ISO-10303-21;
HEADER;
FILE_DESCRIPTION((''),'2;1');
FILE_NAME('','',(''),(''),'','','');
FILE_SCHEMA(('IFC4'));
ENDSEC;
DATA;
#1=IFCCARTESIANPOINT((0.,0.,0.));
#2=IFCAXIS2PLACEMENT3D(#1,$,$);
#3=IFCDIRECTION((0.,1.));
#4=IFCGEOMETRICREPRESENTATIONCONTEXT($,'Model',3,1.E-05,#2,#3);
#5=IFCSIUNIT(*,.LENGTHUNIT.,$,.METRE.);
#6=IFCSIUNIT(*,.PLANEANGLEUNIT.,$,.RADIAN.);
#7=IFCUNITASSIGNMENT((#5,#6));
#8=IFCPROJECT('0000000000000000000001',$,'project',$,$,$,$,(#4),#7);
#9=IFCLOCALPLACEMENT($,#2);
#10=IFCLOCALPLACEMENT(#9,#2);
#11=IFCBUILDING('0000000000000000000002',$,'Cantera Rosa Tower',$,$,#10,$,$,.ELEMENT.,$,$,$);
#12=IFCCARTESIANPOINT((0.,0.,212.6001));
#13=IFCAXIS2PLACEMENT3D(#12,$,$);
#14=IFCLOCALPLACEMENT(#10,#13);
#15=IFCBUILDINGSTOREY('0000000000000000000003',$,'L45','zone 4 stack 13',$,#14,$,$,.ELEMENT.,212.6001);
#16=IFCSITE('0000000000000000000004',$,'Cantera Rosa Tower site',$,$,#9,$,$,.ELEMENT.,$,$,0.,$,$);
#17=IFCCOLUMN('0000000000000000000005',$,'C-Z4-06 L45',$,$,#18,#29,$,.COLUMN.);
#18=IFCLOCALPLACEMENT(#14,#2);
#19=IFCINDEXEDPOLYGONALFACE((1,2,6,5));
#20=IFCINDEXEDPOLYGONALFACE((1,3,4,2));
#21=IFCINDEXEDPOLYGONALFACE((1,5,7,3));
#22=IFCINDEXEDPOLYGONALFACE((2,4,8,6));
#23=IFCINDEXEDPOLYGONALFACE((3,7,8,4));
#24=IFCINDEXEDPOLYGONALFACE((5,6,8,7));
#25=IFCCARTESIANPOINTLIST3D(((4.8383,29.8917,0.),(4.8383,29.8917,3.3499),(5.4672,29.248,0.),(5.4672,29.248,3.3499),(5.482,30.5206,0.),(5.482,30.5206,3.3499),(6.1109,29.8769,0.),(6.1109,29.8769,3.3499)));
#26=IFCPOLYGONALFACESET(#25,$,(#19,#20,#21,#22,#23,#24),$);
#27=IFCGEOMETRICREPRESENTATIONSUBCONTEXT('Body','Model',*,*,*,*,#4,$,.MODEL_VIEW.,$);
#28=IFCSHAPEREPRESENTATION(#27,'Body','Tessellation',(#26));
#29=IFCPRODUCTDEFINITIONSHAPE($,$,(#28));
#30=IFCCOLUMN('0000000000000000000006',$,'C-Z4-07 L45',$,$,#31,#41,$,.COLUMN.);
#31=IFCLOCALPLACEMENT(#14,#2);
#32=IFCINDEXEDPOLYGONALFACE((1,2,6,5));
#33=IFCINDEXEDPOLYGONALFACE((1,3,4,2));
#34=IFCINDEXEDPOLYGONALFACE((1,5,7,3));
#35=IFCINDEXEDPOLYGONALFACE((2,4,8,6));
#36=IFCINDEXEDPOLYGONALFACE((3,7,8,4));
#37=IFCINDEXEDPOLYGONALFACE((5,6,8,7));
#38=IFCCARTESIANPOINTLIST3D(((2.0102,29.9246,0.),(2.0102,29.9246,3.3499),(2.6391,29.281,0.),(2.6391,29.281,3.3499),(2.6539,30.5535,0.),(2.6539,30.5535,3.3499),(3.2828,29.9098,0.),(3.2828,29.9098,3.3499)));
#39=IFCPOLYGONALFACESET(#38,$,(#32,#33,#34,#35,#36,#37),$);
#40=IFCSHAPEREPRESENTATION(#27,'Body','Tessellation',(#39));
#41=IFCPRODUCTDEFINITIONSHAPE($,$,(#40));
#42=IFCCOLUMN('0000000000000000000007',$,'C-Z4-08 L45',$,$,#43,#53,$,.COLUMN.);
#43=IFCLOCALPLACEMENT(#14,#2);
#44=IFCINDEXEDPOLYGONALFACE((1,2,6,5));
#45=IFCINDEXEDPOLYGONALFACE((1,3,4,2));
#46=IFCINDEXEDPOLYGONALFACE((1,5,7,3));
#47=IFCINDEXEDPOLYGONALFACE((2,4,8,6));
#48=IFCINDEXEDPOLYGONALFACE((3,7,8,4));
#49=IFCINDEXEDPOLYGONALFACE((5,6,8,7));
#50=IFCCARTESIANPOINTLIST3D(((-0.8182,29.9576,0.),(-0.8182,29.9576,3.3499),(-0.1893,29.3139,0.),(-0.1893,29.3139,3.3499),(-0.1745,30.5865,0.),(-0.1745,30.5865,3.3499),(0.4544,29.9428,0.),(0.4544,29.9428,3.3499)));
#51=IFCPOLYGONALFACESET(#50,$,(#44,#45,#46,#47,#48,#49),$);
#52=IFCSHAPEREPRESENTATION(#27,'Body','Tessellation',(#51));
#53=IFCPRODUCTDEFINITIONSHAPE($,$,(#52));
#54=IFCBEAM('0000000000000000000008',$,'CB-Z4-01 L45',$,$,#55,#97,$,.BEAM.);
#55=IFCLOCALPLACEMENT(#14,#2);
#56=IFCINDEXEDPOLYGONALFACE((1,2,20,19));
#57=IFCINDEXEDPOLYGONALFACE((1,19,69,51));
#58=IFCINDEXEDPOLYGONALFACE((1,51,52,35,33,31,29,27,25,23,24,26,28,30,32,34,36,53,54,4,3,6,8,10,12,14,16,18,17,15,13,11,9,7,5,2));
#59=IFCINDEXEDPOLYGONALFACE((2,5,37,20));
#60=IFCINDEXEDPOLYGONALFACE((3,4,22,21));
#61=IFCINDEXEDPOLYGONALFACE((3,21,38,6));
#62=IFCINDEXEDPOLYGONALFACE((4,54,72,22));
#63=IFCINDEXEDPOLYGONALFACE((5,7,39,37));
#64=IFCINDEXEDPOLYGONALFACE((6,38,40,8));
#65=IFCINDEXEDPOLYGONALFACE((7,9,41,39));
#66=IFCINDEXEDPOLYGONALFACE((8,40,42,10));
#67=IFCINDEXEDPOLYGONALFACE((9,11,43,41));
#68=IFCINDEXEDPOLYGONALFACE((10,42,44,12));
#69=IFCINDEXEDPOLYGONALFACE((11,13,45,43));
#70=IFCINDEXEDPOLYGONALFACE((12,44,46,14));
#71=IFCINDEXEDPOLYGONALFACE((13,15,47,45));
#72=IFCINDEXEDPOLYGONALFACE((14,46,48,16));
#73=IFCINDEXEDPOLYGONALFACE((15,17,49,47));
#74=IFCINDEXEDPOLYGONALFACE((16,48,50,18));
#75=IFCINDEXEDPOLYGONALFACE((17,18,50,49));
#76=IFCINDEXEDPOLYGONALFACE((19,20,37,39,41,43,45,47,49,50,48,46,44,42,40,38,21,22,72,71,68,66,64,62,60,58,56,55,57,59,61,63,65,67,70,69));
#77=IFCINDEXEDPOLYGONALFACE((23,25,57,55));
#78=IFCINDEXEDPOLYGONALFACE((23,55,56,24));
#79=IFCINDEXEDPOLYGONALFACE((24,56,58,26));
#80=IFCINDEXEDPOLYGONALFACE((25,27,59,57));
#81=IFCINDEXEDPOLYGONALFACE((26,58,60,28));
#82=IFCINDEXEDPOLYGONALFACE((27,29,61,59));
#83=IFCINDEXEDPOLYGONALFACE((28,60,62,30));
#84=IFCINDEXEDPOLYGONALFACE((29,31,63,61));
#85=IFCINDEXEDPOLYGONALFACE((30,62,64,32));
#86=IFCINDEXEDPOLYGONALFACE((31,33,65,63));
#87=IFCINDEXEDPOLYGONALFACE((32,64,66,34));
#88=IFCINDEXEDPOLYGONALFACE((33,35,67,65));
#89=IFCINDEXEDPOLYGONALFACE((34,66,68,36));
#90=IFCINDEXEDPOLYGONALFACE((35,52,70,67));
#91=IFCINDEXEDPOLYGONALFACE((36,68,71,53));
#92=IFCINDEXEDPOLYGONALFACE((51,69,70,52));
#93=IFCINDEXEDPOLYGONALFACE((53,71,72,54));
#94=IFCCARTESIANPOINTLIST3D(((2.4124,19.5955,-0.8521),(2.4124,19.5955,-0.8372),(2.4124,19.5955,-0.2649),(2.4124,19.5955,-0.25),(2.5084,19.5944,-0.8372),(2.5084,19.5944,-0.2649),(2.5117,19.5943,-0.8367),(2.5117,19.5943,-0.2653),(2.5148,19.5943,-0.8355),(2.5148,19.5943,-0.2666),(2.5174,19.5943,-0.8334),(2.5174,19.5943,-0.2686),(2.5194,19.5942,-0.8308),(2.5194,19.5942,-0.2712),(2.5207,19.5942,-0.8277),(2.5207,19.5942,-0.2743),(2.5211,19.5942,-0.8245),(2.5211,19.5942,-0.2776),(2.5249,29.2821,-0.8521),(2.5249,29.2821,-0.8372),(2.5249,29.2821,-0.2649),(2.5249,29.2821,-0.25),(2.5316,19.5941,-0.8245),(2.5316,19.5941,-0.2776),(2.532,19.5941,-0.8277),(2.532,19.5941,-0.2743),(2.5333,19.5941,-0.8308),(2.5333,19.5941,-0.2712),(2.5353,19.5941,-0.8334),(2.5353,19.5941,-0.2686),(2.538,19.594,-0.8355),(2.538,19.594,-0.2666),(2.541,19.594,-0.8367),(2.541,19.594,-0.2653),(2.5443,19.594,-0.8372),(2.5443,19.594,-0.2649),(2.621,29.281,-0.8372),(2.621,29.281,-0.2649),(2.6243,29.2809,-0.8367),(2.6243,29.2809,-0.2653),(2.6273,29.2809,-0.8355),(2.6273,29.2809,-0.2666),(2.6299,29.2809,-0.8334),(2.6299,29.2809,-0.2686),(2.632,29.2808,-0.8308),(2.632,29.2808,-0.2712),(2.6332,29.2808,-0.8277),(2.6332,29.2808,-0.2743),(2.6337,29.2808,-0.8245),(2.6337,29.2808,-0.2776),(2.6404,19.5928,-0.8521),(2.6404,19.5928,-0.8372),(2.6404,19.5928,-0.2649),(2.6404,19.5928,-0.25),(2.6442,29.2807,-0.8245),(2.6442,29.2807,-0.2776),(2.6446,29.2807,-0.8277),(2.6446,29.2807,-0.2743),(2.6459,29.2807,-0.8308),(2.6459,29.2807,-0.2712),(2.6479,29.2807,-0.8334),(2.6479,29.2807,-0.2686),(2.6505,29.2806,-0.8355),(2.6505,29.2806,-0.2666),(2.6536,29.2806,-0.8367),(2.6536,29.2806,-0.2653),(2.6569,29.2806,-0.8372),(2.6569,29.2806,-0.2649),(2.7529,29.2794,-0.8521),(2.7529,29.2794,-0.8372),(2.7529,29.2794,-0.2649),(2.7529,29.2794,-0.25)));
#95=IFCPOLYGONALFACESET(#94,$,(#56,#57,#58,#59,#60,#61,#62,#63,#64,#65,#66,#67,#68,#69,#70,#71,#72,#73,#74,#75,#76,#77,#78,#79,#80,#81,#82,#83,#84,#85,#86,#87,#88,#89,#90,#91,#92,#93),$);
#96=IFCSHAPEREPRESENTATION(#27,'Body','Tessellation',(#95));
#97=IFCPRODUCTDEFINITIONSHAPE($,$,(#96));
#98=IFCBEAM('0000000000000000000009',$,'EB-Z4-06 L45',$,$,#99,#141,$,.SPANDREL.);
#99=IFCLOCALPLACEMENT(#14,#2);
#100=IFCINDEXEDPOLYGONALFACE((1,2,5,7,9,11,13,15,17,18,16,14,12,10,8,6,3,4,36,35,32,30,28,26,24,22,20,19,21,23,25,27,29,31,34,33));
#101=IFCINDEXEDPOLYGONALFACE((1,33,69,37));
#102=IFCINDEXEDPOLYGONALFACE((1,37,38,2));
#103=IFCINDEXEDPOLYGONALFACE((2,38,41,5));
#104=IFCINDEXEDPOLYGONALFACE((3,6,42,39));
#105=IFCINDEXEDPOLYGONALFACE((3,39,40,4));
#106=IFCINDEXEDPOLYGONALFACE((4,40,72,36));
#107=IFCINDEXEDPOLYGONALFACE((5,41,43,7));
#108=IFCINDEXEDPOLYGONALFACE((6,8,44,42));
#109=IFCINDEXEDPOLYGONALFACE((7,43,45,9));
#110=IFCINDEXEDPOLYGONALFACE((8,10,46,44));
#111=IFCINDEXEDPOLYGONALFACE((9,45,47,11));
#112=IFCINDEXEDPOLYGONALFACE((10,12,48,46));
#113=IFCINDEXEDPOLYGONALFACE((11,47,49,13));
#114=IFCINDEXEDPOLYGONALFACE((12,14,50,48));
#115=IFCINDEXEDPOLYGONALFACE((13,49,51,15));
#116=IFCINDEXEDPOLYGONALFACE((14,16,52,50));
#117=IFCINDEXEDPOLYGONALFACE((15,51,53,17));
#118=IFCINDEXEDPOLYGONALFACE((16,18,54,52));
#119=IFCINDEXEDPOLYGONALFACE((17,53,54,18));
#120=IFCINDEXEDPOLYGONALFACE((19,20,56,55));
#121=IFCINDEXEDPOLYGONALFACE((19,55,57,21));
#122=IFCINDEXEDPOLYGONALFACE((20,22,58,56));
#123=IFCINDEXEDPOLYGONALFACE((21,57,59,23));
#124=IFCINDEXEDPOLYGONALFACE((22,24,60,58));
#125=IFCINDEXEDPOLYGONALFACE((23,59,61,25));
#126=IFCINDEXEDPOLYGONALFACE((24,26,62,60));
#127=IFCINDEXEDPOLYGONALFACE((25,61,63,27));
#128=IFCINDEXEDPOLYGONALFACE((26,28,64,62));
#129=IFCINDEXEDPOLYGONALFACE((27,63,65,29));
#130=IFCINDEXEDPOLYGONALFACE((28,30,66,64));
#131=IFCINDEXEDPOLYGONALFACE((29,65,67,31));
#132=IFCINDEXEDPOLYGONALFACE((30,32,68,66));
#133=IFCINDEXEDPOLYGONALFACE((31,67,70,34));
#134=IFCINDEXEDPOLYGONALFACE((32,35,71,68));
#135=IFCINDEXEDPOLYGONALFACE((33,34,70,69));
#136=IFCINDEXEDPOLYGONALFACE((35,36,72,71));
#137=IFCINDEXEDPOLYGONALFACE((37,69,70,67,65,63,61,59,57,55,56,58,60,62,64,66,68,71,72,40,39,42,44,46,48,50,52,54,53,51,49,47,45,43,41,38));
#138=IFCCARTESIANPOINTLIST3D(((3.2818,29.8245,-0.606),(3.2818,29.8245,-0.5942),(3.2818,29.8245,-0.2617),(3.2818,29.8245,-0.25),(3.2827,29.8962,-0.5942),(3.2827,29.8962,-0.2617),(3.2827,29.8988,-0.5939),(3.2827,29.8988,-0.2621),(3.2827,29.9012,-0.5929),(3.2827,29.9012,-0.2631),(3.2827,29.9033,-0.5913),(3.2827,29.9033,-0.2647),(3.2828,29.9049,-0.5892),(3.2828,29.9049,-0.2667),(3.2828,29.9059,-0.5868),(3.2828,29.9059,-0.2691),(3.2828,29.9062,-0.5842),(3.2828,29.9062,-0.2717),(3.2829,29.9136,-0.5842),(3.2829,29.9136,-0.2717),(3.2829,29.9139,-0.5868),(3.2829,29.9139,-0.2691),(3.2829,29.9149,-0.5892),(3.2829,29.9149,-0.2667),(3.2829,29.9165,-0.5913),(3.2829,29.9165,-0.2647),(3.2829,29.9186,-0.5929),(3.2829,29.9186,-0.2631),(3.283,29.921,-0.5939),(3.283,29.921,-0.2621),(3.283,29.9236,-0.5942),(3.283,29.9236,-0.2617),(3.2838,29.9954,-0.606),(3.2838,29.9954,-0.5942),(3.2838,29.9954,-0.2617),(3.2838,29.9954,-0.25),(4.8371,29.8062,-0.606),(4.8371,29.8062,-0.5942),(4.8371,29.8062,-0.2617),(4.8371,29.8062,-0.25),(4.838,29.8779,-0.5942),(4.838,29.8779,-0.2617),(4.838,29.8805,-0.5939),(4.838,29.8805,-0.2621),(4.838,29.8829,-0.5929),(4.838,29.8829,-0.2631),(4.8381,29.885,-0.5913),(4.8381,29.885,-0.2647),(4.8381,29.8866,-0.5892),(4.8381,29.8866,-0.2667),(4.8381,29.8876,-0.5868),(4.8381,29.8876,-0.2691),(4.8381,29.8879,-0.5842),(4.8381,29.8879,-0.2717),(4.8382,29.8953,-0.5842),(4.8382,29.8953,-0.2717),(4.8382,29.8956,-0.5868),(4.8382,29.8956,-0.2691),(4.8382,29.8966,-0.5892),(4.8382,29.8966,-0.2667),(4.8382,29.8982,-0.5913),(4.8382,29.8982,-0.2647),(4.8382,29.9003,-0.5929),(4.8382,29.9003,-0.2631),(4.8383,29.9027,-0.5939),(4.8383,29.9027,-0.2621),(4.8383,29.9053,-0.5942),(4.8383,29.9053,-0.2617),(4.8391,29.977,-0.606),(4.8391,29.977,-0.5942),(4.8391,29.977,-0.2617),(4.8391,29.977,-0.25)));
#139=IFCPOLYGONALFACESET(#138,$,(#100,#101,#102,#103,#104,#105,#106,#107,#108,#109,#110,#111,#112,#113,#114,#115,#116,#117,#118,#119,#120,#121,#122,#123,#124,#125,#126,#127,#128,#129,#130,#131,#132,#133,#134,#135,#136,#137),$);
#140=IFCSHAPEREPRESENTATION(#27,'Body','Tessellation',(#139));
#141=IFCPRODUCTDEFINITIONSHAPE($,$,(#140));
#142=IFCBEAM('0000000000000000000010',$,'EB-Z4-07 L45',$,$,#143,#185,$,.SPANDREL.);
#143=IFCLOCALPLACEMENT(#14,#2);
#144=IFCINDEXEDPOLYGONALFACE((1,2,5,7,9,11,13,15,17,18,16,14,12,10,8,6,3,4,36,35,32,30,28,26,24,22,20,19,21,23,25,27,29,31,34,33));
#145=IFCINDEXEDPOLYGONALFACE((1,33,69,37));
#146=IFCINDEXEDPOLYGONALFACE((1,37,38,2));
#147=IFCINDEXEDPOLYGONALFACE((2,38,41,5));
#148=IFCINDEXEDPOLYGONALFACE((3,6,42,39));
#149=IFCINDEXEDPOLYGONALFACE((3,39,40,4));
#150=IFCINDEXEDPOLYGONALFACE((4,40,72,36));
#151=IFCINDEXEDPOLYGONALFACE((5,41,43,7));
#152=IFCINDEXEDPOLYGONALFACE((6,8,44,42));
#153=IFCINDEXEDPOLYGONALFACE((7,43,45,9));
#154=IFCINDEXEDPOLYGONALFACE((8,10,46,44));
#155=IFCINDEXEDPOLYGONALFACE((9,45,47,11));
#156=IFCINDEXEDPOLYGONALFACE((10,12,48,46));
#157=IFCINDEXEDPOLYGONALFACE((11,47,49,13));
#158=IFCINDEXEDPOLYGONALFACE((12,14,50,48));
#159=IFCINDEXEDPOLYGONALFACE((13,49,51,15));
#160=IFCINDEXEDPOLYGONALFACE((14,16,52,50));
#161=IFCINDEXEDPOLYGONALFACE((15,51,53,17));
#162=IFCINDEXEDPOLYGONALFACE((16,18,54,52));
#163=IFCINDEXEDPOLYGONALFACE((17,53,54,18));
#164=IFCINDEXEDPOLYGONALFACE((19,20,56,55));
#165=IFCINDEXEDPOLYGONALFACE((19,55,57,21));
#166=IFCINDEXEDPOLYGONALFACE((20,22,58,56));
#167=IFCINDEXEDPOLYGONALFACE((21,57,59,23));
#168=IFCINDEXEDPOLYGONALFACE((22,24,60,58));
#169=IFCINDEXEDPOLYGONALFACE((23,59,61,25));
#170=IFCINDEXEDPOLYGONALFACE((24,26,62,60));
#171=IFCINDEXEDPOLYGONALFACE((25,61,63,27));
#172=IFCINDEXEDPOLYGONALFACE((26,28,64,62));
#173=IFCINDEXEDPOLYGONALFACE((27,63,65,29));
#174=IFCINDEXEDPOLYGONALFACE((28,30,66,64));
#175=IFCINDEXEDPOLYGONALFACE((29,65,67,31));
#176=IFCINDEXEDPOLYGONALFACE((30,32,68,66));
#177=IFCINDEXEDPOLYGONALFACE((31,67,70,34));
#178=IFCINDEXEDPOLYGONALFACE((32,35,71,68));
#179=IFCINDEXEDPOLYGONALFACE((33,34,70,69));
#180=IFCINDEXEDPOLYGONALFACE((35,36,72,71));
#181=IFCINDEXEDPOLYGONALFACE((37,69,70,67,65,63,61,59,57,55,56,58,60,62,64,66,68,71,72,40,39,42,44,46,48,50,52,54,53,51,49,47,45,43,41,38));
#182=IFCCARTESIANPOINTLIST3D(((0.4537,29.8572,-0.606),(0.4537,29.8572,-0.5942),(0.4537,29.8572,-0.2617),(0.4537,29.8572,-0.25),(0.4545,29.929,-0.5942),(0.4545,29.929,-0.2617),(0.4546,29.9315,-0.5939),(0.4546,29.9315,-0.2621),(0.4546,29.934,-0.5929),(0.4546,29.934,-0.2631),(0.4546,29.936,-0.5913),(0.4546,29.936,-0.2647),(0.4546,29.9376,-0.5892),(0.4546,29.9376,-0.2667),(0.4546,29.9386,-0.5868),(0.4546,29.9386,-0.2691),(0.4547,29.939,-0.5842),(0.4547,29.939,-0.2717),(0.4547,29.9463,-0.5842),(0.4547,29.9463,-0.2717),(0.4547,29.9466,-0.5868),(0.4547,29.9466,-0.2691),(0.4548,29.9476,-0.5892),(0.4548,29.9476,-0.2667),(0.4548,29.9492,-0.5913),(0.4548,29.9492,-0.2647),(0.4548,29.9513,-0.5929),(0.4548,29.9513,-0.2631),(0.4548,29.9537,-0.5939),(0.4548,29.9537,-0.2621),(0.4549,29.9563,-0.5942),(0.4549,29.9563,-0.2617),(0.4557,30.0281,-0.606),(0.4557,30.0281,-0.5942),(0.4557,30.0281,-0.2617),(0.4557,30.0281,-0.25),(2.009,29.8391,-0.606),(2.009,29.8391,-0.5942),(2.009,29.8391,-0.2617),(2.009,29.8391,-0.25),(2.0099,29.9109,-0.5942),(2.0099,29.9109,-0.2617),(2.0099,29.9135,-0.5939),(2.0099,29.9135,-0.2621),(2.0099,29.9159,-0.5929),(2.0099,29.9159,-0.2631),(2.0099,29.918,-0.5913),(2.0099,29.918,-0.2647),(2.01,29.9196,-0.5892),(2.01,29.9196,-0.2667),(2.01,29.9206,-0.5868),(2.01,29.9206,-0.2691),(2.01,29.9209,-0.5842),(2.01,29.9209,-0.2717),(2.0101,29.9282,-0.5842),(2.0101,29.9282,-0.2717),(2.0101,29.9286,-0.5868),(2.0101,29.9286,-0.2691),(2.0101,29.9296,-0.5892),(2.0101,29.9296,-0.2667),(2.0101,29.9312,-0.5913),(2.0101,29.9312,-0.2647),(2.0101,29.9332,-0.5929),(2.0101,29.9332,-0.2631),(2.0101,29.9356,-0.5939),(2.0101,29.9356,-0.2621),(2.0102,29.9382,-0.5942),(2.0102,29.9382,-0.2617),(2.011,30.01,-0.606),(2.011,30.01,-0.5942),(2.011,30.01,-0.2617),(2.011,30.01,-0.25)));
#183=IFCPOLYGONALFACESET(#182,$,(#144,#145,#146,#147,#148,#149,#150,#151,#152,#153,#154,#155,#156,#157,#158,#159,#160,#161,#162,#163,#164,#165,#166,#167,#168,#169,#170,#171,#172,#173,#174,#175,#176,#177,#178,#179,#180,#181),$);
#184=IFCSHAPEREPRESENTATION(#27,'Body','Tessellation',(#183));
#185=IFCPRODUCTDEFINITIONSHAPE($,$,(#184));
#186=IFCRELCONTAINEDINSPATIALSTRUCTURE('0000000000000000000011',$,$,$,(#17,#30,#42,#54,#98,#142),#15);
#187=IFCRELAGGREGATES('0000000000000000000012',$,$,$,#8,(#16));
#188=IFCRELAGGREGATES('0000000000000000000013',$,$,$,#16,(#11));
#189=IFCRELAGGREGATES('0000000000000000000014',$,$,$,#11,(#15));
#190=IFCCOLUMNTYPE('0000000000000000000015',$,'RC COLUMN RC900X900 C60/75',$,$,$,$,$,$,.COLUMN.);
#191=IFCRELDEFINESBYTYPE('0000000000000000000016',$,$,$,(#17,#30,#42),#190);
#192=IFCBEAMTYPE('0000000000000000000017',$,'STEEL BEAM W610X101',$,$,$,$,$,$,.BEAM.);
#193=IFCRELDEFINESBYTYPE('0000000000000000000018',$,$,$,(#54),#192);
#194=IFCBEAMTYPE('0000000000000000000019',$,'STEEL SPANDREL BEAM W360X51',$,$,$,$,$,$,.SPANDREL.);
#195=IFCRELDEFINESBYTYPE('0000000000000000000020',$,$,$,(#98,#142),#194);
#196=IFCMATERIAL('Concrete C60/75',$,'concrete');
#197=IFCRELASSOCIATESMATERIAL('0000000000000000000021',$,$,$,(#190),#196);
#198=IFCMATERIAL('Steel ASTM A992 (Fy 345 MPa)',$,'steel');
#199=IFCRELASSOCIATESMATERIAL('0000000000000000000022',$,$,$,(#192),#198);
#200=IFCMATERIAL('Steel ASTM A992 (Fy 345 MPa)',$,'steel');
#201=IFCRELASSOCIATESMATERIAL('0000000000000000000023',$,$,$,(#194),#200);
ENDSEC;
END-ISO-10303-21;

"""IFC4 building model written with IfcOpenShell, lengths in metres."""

from ifc_helpers import new_model, si_unit, direction, frame, origin, origin_2d, place, context, subcontext, project, spatial, rectangle, i_section, extrude, material, material_profile, profile_set, type_object, element, save


model = new_model("IFC4")

# Units and contexts
model_context = context("Model", 3, precision=1e-05, world=origin(), true_north=direction((0.0, 1.0)))
body_context = subcontext(model_context, "Body", "Model", "MODEL_VIEW")
ifc_project = project(units=[si_unit("LENGTHUNIT", "METRE"), si_unit("PLANEANGLEUNIT", "RADIAN")], contexts=[model_context])

# Site, building, storey
site_placement = place(None, origin())
site = spatial("IfcSite", under=ifc_project, at=site_placement, Name="Cantera Rosa Tower site", CompositionType="ELEMENT", RefElevation=0.0)
building_placement = place(site_placement, origin())
building = spatial("IfcBuilding", under=site, at=building_placement, Name="Cantera Rosa Tower", CompositionType="ELEMENT")
storey_placement = place(building_placement, frame((0.0, 0.0, 212.6001)))
storey = spatial("IfcBuildingStorey", under=building, at=storey_placement, Name="L45", Description="zone 4 stack 13", CompositionType="ELEMENT", Elevation=212.6001)

# Columns
ifc_material_1 = material(Name="Concrete C60/75", Category="concrete")
ifc_material_profile_1 = material_profile(ifc_material_1, rectangle(XDim=0.8999, YDim=0.8999, at=origin_2d()), Name="RC COLUMN RC900X900 C60/75")
ifc_profile_set_1 = profile_set([ifc_material_profile_1], Name="Concrete C60/75")
column_type = type_object("IfcColumnType", Name="RC COLUMN RC900X900 C60/75", PredefinedType="COLUMN", material=ifc_profile_set_1)
for number, where, z_axis, x_axis, name in (
    (1, (5.4746, 29.8843, 0.0), (0.0, 0.0, 1.0), (0.715286, 0.698832, 0.0), "C-Z4-06 L45"),
    (2, (2.6465, 29.9172, 0.0), (0.0, 0.0, 1.0), (0.715286, 0.698832, 0.0), "C-Z4-07 L45"),
    (3, (-0.1819, 29.9502, 0.0), (0.0, 0.0, 1.0), (0.715286, 0.698832, 0.0), "C-Z4-08 L45"),
):
    element("IfcColumn", number, at=place(storey_placement, frame(where, z_axis=z_axis, x_axis=x_axis)), inside=storey, type_object=column_type, Name=name, PredefinedType="COLUMN", context=body_context, shape_type="SweptSolid", body=[
        extrude(rectangle(XDim=0.8999, YDim=0.8999, at=origin_2d()), origin(), (0.0, 0.0, 1.0), 3.3499),
    ])

# Beams
ifc_material_2 = material(Name="Steel ASTM A992 (Fy 345 MPa)", Category="steel")
ifc_material_profile_2 = material_profile(ifc_material_2, i_section(OverallWidth=0.228, OverallDepth=0.6021, WebThickness=0.0105, FlangeThickness=0.0149, FilletRadius=0.0127, at=origin_2d()), Name="W610X101")
ifc_profile_set_2 = profile_set([ifc_material_profile_2], Name="Steel ASTM A992 (Fy 345 MPa)")
beam_type_1 = type_object("IfcBeamType", Name="STEEL BEAM W610X101", PredefinedType="BEAM", material=ifc_profile_set_2)
beam_1_placement = place(storey_placement, frame((2.6389, 29.2808, -0.551), z_axis=(-0.011618, -0.999933, 0.0), x_axis=(0.999933, -0.011618, 0.0)))
element("IfcBeam", 4, at=beam_1_placement, inside=storey, type_object=beam_type_1, Name="CB-Z4-01 L45", PredefinedType="BEAM", context=body_context, shape_type="SweptSolid", body=[
    extrude(i_section(OverallWidth=0.228, OverallDepth=0.6021, WebThickness=0.0105, FlangeThickness=0.0149, FilletRadius=0.0127, at=origin_2d()), origin(), (0.0, 0.0, 1.0), 9.6873),
])
ifc_material_3 = material(Name="Steel ASTM A992 (Fy 345 MPa)", Category="steel")
ifc_material_profile_3 = material_profile(ifc_material_3, i_section(OverallWidth=0.1709, OverallDepth=0.356, WebThickness=0.0073, FlangeThickness=0.0117, FilletRadius=0.01, at=origin_2d()), Name="W360X51")
ifc_profile_set_3 = profile_set([ifc_material_profile_3], Name="Steel ASTM A992 (Fy 345 MPa)")
beam_type_2 = type_object("IfcBeamType", Name="STEEL SPANDREL BEAM W360X51", PredefinedType="SPANDREL", material=ifc_profile_set_3)
for number, where, z_axis, x_axis, name in (
    (5, (4.8381, 29.8916, -0.428), (-0.999931, 0.011771, 0.0), (-0.011771, -0.999931, 0.0), "EB-Z4-06 L45"),
    (6, (2.01, 29.9246, -0.428), (-0.999933, 0.011614, 0.0), (-0.011614, -0.999933, 0.0), "EB-Z4-07 L45"),
):
    element("IfcBeam", number, at=place(storey_placement, frame(where, z_axis=z_axis, x_axis=x_axis)), inside=storey, type_object=beam_type_2, Name=name, PredefinedType="SPANDREL", context=body_context, shape_type="SweptSolid", body=[
        extrude(i_section(OverallWidth=0.1709, OverallDepth=0.356, WebThickness=0.0073, FlangeThickness=0.0117, FilletRadius=0.01, at=origin_2d()), origin(), (0.0, 0.0, 1.0), 1.5554),
    ])

save(model, "model.ifc")
